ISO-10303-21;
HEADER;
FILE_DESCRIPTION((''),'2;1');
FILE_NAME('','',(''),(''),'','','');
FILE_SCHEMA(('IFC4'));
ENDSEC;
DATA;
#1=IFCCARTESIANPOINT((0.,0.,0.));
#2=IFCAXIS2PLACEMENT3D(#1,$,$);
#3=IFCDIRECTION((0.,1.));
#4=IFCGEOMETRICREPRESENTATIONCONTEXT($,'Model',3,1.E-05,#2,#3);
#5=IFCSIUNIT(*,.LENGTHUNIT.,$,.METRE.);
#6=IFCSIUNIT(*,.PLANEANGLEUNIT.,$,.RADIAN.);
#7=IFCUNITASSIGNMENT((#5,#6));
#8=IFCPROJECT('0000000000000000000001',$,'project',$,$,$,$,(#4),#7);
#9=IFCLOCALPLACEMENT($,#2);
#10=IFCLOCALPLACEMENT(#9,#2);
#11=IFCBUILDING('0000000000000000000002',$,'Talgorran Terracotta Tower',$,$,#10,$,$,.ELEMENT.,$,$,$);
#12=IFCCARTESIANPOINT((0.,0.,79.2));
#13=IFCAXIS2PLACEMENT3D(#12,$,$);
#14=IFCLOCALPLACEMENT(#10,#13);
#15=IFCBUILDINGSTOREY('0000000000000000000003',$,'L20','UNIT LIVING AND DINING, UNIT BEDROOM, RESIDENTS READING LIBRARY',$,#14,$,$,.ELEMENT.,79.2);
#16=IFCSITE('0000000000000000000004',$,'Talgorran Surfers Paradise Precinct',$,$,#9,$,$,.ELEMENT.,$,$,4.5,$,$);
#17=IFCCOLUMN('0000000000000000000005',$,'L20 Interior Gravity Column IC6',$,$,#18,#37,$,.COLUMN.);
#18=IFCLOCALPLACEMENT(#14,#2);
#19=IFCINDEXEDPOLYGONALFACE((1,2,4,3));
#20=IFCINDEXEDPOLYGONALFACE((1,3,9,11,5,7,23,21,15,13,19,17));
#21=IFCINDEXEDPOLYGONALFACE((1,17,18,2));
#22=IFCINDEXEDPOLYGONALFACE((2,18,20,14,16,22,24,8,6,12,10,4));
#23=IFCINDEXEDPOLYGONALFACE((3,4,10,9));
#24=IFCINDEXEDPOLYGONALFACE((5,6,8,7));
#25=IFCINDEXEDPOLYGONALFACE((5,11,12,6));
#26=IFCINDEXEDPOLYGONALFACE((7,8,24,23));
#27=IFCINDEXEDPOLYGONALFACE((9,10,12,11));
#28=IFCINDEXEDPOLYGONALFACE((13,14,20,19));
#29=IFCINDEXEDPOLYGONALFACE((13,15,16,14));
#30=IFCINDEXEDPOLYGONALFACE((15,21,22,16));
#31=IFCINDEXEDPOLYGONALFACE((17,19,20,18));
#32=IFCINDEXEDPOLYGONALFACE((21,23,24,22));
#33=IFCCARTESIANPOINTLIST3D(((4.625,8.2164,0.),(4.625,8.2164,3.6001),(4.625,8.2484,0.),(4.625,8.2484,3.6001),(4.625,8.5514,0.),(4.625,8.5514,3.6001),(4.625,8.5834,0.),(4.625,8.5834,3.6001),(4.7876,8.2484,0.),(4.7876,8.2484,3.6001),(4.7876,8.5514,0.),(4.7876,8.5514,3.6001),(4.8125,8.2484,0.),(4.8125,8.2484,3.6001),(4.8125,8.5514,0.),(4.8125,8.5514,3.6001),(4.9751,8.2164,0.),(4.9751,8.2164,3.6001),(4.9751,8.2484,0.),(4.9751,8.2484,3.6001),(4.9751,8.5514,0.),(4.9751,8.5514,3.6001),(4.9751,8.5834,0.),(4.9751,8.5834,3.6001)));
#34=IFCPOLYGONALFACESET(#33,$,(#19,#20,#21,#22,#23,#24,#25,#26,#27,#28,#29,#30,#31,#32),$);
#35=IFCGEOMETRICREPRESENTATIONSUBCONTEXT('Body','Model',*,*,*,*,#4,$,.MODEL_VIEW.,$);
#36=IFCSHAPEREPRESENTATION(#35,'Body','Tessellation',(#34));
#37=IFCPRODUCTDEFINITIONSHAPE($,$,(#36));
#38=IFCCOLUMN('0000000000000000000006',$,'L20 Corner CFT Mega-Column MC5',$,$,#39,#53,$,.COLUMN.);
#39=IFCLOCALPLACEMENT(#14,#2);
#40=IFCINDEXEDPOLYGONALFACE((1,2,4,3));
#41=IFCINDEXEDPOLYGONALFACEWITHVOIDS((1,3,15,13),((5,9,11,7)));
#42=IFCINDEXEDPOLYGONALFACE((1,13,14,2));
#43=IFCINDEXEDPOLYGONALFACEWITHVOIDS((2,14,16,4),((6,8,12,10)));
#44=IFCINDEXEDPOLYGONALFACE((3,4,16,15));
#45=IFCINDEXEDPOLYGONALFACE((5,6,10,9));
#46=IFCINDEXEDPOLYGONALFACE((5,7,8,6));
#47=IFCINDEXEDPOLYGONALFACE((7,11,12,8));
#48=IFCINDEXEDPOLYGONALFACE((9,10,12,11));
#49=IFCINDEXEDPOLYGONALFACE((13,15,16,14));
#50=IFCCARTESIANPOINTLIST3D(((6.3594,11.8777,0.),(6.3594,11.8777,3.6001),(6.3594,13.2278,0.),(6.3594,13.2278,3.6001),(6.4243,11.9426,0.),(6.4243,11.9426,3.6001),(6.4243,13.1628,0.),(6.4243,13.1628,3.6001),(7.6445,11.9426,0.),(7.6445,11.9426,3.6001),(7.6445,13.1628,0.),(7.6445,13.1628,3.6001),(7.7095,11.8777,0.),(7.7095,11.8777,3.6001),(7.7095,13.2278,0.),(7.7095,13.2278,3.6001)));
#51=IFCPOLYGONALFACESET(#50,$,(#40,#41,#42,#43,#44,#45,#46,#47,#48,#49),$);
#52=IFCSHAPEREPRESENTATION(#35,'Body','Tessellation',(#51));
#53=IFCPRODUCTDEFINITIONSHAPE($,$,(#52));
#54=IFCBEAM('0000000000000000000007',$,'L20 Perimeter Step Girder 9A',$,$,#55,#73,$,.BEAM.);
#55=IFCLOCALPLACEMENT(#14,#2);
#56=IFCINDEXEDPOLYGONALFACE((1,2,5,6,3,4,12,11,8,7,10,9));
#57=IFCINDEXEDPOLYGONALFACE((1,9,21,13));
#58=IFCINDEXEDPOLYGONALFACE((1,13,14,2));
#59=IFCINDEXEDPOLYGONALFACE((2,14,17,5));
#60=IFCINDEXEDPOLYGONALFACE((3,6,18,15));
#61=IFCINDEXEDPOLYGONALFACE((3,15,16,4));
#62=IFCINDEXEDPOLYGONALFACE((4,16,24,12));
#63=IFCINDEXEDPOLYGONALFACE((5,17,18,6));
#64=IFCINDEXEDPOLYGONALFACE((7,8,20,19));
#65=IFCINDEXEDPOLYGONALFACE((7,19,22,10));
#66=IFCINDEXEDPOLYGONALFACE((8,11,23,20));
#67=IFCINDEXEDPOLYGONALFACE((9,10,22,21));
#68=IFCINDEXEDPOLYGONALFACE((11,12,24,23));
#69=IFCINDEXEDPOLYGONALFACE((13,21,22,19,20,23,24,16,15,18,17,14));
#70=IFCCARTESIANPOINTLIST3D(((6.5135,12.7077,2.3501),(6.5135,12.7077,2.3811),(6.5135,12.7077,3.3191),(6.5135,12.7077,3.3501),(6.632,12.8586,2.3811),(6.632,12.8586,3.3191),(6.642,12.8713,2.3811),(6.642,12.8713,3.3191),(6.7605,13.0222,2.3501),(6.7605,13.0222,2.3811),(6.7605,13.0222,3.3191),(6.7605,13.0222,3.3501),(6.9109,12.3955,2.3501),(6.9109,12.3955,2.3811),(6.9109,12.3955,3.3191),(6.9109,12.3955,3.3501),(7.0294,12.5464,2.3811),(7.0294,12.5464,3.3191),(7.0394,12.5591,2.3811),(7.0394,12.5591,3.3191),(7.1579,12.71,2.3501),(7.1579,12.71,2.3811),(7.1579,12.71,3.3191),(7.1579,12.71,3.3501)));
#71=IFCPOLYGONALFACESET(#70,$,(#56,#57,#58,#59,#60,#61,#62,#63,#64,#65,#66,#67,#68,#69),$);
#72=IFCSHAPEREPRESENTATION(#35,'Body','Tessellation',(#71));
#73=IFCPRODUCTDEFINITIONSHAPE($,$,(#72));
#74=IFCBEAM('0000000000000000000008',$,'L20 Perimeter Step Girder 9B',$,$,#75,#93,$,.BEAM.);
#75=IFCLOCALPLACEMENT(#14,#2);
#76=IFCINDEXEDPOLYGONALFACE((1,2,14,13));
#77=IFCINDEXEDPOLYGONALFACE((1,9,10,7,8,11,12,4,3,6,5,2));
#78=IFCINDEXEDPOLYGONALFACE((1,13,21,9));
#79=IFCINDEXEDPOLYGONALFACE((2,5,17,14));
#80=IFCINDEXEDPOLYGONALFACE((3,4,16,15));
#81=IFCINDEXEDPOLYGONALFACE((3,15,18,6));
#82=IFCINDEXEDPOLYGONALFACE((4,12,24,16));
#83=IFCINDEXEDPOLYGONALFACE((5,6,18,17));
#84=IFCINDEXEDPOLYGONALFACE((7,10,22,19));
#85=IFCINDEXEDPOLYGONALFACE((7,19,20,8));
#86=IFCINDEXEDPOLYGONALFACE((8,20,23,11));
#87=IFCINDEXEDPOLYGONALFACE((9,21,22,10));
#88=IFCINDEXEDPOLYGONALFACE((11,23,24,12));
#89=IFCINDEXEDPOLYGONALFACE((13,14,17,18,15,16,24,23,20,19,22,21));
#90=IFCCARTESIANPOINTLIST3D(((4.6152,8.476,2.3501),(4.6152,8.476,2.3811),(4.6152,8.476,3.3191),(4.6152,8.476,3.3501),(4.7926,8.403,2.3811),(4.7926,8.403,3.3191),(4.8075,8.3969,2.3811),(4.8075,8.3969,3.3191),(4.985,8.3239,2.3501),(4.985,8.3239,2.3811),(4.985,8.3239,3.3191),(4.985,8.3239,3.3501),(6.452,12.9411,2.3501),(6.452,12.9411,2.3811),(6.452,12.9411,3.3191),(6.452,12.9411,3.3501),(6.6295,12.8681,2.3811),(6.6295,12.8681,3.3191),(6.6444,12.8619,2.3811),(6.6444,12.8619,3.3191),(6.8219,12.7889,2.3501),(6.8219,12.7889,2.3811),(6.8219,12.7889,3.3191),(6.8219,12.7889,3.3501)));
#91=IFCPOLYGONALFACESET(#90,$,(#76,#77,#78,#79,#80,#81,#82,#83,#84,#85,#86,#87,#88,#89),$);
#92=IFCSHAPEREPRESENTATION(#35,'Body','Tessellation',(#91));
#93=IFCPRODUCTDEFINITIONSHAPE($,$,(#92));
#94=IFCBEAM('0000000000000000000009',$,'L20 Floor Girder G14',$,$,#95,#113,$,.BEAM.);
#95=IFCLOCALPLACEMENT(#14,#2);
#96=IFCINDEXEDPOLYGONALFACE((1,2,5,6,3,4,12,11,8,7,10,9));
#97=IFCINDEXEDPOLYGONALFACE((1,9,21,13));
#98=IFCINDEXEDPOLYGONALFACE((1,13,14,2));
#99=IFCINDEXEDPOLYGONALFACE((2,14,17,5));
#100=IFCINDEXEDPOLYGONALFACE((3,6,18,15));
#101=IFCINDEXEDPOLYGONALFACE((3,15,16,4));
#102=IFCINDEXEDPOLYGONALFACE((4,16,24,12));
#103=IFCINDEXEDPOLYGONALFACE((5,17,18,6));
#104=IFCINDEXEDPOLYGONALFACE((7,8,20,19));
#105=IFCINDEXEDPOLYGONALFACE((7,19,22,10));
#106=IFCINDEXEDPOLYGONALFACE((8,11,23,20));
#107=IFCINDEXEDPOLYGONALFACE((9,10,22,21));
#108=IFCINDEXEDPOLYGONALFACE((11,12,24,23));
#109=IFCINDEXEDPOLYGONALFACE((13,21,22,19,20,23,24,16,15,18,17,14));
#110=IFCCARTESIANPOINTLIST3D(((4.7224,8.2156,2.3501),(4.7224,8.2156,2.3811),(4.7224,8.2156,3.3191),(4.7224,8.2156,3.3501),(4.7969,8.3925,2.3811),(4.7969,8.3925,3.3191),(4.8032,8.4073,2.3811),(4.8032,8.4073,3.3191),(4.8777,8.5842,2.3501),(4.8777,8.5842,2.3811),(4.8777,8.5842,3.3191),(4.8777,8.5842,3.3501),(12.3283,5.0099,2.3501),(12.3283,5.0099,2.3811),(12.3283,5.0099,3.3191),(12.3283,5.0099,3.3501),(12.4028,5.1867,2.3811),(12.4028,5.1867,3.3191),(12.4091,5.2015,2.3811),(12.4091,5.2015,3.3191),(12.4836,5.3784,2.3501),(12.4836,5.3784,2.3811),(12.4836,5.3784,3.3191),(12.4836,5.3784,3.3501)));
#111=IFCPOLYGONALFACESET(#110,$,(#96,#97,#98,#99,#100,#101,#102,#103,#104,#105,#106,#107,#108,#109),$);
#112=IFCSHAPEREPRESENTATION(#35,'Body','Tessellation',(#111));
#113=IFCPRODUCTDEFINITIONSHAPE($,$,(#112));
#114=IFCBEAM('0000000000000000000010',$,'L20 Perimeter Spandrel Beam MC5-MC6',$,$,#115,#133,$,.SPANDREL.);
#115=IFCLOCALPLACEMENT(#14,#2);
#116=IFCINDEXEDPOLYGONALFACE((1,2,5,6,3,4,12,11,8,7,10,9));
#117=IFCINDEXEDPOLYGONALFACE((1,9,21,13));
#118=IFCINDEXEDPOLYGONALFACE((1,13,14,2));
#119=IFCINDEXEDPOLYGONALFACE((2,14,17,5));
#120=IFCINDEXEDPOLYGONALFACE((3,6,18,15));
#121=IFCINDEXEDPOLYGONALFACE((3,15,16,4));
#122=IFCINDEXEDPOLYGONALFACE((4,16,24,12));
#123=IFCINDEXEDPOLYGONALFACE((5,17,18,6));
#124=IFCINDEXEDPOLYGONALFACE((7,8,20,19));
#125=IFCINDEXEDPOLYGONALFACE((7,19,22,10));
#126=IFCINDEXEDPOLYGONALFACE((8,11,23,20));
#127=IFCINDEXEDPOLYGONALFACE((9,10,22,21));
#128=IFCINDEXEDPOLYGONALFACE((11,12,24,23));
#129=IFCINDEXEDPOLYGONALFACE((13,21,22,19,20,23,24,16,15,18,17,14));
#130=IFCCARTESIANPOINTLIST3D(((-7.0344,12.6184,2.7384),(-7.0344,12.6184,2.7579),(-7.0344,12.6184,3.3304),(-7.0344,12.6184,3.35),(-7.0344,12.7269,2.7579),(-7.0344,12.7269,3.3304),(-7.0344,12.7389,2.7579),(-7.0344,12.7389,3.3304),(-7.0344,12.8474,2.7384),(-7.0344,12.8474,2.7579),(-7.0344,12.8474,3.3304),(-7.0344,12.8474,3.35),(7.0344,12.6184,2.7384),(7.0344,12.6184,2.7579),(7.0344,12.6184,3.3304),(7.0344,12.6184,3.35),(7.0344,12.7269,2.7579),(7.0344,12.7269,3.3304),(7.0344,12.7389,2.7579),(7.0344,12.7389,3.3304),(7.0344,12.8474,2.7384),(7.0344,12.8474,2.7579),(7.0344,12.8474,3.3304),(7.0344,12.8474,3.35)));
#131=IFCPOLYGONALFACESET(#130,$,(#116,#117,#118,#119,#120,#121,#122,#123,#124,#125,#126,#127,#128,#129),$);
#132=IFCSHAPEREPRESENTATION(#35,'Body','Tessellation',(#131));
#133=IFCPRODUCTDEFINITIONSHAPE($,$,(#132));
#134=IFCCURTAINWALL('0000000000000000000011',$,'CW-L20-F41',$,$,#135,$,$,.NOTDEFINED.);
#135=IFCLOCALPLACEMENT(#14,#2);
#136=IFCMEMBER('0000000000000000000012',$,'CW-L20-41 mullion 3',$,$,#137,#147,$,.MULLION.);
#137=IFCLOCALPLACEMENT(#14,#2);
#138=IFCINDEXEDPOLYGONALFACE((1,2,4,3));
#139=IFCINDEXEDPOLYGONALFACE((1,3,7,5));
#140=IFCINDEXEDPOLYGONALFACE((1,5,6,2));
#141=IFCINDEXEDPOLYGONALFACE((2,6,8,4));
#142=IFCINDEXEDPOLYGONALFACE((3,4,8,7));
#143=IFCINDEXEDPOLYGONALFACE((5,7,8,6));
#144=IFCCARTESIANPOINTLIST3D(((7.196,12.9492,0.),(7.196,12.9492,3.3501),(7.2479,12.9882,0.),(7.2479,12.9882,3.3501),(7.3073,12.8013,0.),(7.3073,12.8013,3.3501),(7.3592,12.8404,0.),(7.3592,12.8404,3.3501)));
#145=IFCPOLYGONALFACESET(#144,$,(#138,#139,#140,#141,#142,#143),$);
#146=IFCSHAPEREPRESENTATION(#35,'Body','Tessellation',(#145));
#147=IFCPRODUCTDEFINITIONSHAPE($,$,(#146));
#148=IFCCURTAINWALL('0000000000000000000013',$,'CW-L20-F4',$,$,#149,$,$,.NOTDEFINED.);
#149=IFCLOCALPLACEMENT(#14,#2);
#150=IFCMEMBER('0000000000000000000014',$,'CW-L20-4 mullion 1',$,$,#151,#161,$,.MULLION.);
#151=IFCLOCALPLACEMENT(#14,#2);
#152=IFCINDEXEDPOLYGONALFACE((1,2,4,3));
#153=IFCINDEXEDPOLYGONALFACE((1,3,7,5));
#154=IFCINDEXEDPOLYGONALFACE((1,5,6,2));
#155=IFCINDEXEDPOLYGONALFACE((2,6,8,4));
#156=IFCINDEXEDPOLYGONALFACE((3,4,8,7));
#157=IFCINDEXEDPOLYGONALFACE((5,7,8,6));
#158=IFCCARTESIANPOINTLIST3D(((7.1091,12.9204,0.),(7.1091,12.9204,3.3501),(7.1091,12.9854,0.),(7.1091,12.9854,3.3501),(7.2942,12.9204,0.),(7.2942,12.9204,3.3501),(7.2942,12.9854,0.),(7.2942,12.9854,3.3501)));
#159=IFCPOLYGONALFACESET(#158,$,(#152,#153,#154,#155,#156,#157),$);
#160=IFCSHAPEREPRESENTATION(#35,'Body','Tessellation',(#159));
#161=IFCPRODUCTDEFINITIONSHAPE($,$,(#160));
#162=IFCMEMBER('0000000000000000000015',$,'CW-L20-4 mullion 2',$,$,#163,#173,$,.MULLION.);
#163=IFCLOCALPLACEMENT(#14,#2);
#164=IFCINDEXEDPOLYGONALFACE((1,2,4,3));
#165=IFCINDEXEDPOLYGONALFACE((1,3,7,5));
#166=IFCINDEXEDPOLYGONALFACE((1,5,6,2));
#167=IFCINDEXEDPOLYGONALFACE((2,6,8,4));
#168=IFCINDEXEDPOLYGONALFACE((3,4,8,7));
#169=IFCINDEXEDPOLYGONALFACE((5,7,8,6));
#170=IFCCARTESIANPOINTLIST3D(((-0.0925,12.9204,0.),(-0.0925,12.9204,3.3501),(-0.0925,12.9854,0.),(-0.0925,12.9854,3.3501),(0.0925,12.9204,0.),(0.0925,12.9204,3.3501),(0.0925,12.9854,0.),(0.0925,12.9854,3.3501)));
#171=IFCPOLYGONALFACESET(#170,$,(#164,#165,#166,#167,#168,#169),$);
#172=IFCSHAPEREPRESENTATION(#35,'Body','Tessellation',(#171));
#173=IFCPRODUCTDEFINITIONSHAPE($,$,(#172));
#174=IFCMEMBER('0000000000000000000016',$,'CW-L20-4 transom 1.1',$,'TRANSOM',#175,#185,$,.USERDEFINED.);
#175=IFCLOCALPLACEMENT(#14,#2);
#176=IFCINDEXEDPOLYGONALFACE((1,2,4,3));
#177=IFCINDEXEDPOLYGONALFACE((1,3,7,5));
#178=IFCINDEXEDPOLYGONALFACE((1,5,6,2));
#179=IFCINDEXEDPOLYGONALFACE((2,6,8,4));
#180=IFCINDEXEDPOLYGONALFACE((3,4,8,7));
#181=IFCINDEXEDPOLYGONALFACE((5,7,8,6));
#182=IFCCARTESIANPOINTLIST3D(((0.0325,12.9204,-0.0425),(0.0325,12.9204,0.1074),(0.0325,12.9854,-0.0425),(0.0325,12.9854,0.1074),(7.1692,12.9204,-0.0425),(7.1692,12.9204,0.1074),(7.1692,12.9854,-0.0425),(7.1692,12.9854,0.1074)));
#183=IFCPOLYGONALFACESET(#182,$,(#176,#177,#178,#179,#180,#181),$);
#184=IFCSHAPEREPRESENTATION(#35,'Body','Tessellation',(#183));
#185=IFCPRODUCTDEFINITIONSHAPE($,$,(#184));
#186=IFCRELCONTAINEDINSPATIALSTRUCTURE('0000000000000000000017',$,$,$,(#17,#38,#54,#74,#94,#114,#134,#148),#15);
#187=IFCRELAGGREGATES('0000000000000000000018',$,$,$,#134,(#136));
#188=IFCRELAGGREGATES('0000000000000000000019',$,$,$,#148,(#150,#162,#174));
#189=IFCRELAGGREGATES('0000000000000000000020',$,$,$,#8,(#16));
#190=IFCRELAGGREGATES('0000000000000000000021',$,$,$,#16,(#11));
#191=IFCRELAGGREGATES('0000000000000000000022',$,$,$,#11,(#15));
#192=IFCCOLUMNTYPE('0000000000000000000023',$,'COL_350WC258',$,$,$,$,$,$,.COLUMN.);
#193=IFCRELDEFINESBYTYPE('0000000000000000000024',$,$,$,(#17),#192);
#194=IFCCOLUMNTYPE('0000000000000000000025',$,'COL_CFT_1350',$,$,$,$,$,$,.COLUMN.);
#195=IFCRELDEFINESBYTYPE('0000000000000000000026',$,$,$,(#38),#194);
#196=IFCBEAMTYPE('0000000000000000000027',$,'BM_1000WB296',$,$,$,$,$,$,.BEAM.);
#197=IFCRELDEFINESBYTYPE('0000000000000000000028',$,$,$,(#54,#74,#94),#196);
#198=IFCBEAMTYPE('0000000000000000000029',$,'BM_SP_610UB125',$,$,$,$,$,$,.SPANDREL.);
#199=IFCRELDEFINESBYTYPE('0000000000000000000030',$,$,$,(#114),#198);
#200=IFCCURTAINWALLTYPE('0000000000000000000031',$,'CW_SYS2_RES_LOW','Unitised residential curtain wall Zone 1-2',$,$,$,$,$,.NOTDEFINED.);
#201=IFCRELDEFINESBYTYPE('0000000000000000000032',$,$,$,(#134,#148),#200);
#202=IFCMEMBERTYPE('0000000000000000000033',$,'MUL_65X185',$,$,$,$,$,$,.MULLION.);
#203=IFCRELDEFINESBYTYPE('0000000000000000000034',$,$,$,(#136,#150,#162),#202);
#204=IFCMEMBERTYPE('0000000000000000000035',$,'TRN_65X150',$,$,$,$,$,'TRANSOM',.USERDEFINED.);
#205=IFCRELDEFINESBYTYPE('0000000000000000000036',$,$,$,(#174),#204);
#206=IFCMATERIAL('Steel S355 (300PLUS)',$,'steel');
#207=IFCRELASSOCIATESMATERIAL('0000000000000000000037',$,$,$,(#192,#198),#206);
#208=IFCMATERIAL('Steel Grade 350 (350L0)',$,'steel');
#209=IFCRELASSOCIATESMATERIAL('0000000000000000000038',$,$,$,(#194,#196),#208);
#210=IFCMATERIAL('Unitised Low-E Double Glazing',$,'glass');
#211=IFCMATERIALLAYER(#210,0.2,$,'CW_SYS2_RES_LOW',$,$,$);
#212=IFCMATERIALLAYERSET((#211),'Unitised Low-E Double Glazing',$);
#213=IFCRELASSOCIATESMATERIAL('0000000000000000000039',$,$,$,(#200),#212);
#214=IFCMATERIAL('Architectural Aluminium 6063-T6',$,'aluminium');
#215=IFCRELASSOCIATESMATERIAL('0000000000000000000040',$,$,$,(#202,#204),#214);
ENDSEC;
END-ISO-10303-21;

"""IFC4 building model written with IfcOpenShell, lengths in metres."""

from ifc_helpers import new_model, si_unit, direction, frame, origin, origin_2d, place, context, subcontext, project, spatial, rectangle, hollow_rectangle, i_section, extrude, material, layer, layer_set, material_profile, profile_set, type_object, element, aggregate, save


model = new_model("IFC4")

# Units and contexts
model_context = context("Model", 3, precision=1e-05, world=origin(), true_north=direction((0.0, 1.0)))
body_context = subcontext(model_context, "Body", "Model", "MODEL_VIEW")
ifc_project = project(units=[si_unit("LENGTHUNIT", "METRE"), si_unit("PLANEANGLEUNIT", "RADIAN")], contexts=[model_context])

# Site, building, storey
site_placement = place(None, origin())
site = spatial("IfcSite", under=ifc_project, at=site_placement, Name="Talgorran Surfers Paradise Precinct", CompositionType="ELEMENT", RefElevation=4.5)
building_placement = place(site_placement, origin())
building = spatial("IfcBuilding", under=site, at=building_placement, Name="Talgorran Terracotta Tower", CompositionType="ELEMENT")
storey_placement = place(building_placement, frame((0.0, 0.0, 79.2)))
storey = spatial("IfcBuildingStorey", under=building, at=storey_placement, Name="L20", Description="UNIT LIVING AND DINING, UNIT BEDROOM, RESIDENTS READING LIBRARY", CompositionType="ELEMENT", Elevation=79.2)

# Columns
ifc_material_1 = material(Name="Steel S355 (300PLUS)", Category="steel")
ifc_material_profile_1 = material_profile(ifc_material_1, i_section(OverallWidth=0.3501, OverallDepth=0.3669, WebThickness=0.0249, FlangeThickness=0.032, at=origin_2d()), Name="350WC258")
ifc_profile_set_1 = profile_set([ifc_material_profile_1], Name="Steel S355 (300PLUS)")
column_type_1 = type_object("IfcColumnType", Name="COL_350WC258", PredefinedType="COLUMN", material=ifc_profile_set_1)
column_1_placement = place(storey_placement, frame((4.8, 8.3999, 0.0), z_axis=(0.0, 0.0, 1.0), x_axis=(1.0, 0.0, 0.0)))
element("IfcColumn", 1, at=column_1_placement, inside=storey, type_object=column_type_1, Name="L20 Interior Gravity Column IC6", PredefinedType="COLUMN", context=body_context, shape_type="SweptSolid", body=[
    extrude(i_section(OverallWidth=0.3501, OverallDepth=0.3669, WebThickness=0.0249, FlangeThickness=0.032, at=origin_2d()), origin(), (0.0, 0.0, 1.0), 3.6001),
])
ifc_material_2 = material(Name="Steel Grade 350 (350L0)", Category="steel")
ifc_material_profile_2 = material_profile(ifc_material_2, hollow_rectangle(XDim=1.3501, YDim=1.3501, WallThickness=0.0649, at=origin_2d()), Name="CFT1350X1350X65")
ifc_profile_set_2 = profile_set([ifc_material_profile_2], Name="Steel Grade 350 (350L0)")
column_type_2 = type_object("IfcColumnType", Name="COL_CFT_1350", PredefinedType="COLUMN", material=ifc_profile_set_2)
column_2_placement = place(storey_placement, frame((7.0344, 12.5527, 0.0), z_axis=(0.0, 0.0, 1.0), x_axis=(1.0, 0.0, 0.0)))
element("IfcColumn", 2, at=column_2_placement, inside=storey, type_object=column_type_2, Name="L20 Corner CFT Mega-Column MC5", PredefinedType="COLUMN", context=body_context, shape_type="SweptSolid", body=[
    extrude(hollow_rectangle(XDim=1.3501, YDim=1.3501, WallThickness=0.0649, at=origin_2d()), origin(), (0.0, 0.0, 1.0), 3.6001),
])

# Beams
ifc_material_profile_3 = material_profile(ifc_material_2, i_section(OverallWidth=0.3999, OverallDepth=1.0, WebThickness=0.0161, FlangeThickness=0.031, at=origin_2d()), Name="1000WB296")
ifc_profile_set_3 = profile_set([ifc_material_profile_3], Name="Steel Grade 350 (350L0)")
beam_type_1 = type_object("IfcBeamType", Name="BM_1000WB296", PredefinedType="BEAM", material=ifc_profile_set_3)
beam_1_placement = place(storey_placement, frame((7.0344, 12.5527, 2.8501), z_axis=(-0.786352, 0.617779, 0.0), x_axis=(-0.617779, -0.786352, 0.0)))
element("IfcBeam", 3, at=beam_1_placement, inside=storey, type_object=beam_type_1, Name="L20 Perimeter Step Girder 9A", PredefinedType="BEAM", context=body_context, shape_type="SweptSolid", body=[
    extrude(i_section(OverallWidth=0.3999, OverallDepth=1.0, WebThickness=0.0161, FlangeThickness=0.031, at=origin_2d()), origin(), (0.0, 0.0, 1.0), 0.5054),
])
beam_2_placement = place(storey_placement, frame((6.637, 12.865, 2.8501), z_axis=(-0.380457, -0.924798, 0.0), x_axis=(0.924798, -0.380457, 0.0)))
element("IfcBeam", 4, at=beam_2_placement, inside=storey, type_object=beam_type_1, Name="L20 Perimeter Step Girder 9B", PredefinedType="BEAM", context=body_context, shape_type="SweptSolid", body=[
    extrude(i_section(OverallWidth=0.3999, OverallDepth=1.0, WebThickness=0.0161, FlangeThickness=0.031, at=origin_2d()), origin(), (0.0, 0.0, 1.0), 4.8281),
])
beam_3_placement = place(storey_placement, frame((4.8, 8.3999, 2.8501), z_axis=(0.921492, -0.388397, 0.0), x_axis=(0.388397, 0.921492, 0.0)))
element("IfcBeam", 5, at=beam_3_placement, inside=storey, type_object=beam_type_1, Name="L20 Floor Girder G14", PredefinedType="BEAM", context=body_context, shape_type="SweptSolid", body=[
    extrude(i_section(OverallWidth=0.3999, OverallDepth=1.0, WebThickness=0.0161, FlangeThickness=0.031, at=origin_2d()), origin(), (0.0, 0.0, 1.0), 8.2539),
])
ifc_material_profile_4 = material_profile(ifc_material_1, i_section(OverallWidth=0.229, OverallDepth=0.6116, WebThickness=0.012, FlangeThickness=0.0195, at=origin_2d()), Name="610UB125")
ifc_profile_set_4 = profile_set([ifc_material_profile_4], Name="Steel S355 (300PLUS)")
beam_type_2 = type_object("IfcBeamType", Name="BM_SP_610UB125", PredefinedType="SPANDREL", material=ifc_profile_set_4)
beam_4_placement = place(storey_placement, frame((7.0344, 12.7329, 3.0442), z_axis=(-1.0, 0.0, 0.0), x_axis=(0.0, -1.0, 0.0)))
element("IfcBeam", 6, at=beam_4_placement, inside=storey, type_object=beam_type_2, Name="L20 Perimeter Spandrel Beam MC5-MC6", PredefinedType="SPANDREL", context=body_context, shape_type="SweptSolid", body=[
    extrude(i_section(OverallWidth=0.229, OverallDepth=0.6116, WebThickness=0.012, FlangeThickness=0.0195, at=origin_2d()), origin(), (0.0, 0.0, 1.0), 14.0688),
])

# Curtain wall, member
ifc_material_3 = material(Name="Unitised Low-E Double Glazing", Category="glass")
ifc_layer_1 = layer(ifc_material_3, 0.2, Name="CW_SYS2_RES_LOW")
ifc_layer_set_1 = layer_set([ifc_layer_1], Name="Unitised Low-E Double Glazing")
curtain_wall_type = type_object("IfcCurtainWallType", Name="CW_SYS2_RES_LOW", Description="Unitised residential curtain wall Zone 1-2", PredefinedType="NOTDEFINED", material=ifc_layer_set_1)
curtain_wall_1_placement = place(storey_placement, origin())
curtain_wall_1 = element("IfcCurtainWall", 7, at=curtain_wall_1_placement, inside=storey, type_object=curtain_wall_type, Name="CW-L20-F41", PredefinedType="NOTDEFINED")
ifc_material_4 = material(Name="Architectural Aluminium 6063-T6", Category="aluminium")
ifc_material_profile_5 = material_profile(ifc_material_4, rectangle(XDim=0.0649, YDim=0.1851, at=origin_2d()), Name="CWM65X185")
ifc_profile_set_5 = profile_set([ifc_material_profile_5], Name="Architectural Aluminium 6063-T6")
member_type_1 = type_object("IfcMemberType", Name="MUL_65X185", PredefinedType="MULLION", material=ifc_profile_set_5)
member_1_placement = place(storey_placement, frame((7.2776, 12.8948, 0.0), z_axis=(0.0, 0.0, 1.0), x_axis=(-0.799063, -0.601247, 0.0)))
member_1 = element("IfcMember", 8, at=member_1_placement, type_object=member_type_1, Name="CW-L20-41 mullion 3", PredefinedType="MULLION", context=body_context, shape_type="SweptSolid", body=[
    extrude(rectangle(XDim=0.0649, YDim=0.1851, at=origin_2d()), origin(), (0.0, 0.0, 1.0), 3.3501),
])
aggregate(curtain_wall_1, [member_1])

# Curtain wall, members
curtain_wall_2_placement = place(storey_placement, origin())
curtain_wall_2 = element("IfcCurtainWall", 9, at=curtain_wall_2_placement, inside=storey, type_object=curtain_wall_type, Name="CW-L20-F4", PredefinedType="NOTDEFINED")
member_2_placement = place(storey_placement, frame((7.2017, 12.9529, 0.0), z_axis=(0.0, 0.0, 1.0), x_axis=(0.0, -1.0, 0.0)))
member_2 = element("IfcMember", 10, at=member_2_placement, type_object=member_type_1, Name="CW-L20-4 mullion 1", PredefinedType="MULLION", context=body_context, shape_type="SweptSolid", body=[
    extrude(rectangle(XDim=0.0649, YDim=0.1851, at=origin_2d()), origin(), (0.0, 0.0, 1.0), 3.3501),
])
member_3_placement = place(storey_placement, frame((0.0, 12.9529, 0.0), z_axis=(0.0, 0.0, 1.0), x_axis=(0.0, -1.0, 0.0)))
member_3 = element("IfcMember", 11, at=member_3_placement, type_object=member_type_1, Name="CW-L20-4 mullion 2", PredefinedType="MULLION", context=body_context, shape_type="SweptSolid", body=[
    extrude(rectangle(XDim=0.0649, YDim=0.1851, at=origin_2d()), origin(), (0.0, 0.0, 1.0), 3.3501),
])
ifc_material_profile_6 = material_profile(ifc_material_4, rectangle(XDim=0.0649, YDim=0.1499, at=origin_2d()), Name="CWT65X150")
ifc_profile_set_6 = profile_set([ifc_material_profile_6], Name="Architectural Aluminium 6063-T6")
member_type_2 = type_object("IfcMemberType", Name="TRN_65X150", ElementType="TRANSOM", PredefinedType="USERDEFINED", material=ifc_profile_set_6)
member_4_placement = place(storey_placement, frame((7.1692, 12.9529, 0.0325), z_axis=(-1.0, 0.0, 0.0), x_axis=(0.0, -1.0, 0.0)))
member_4 = element("IfcMember", 12, at=member_4_placement, type_object=member_type_2, Name="CW-L20-4 transom 1.1", ObjectType="TRANSOM", PredefinedType="USERDEFINED", context=body_context, shape_type="SweptSolid", body=[
    extrude(rectangle(XDim=0.0649, YDim=0.1499, at=origin_2d()), origin(), (0.0, 0.0, 1.0), 7.1367),
])

aggregate(curtain_wall_2, [member_2, member_3, member_4])

save(model, "model.ifc")
